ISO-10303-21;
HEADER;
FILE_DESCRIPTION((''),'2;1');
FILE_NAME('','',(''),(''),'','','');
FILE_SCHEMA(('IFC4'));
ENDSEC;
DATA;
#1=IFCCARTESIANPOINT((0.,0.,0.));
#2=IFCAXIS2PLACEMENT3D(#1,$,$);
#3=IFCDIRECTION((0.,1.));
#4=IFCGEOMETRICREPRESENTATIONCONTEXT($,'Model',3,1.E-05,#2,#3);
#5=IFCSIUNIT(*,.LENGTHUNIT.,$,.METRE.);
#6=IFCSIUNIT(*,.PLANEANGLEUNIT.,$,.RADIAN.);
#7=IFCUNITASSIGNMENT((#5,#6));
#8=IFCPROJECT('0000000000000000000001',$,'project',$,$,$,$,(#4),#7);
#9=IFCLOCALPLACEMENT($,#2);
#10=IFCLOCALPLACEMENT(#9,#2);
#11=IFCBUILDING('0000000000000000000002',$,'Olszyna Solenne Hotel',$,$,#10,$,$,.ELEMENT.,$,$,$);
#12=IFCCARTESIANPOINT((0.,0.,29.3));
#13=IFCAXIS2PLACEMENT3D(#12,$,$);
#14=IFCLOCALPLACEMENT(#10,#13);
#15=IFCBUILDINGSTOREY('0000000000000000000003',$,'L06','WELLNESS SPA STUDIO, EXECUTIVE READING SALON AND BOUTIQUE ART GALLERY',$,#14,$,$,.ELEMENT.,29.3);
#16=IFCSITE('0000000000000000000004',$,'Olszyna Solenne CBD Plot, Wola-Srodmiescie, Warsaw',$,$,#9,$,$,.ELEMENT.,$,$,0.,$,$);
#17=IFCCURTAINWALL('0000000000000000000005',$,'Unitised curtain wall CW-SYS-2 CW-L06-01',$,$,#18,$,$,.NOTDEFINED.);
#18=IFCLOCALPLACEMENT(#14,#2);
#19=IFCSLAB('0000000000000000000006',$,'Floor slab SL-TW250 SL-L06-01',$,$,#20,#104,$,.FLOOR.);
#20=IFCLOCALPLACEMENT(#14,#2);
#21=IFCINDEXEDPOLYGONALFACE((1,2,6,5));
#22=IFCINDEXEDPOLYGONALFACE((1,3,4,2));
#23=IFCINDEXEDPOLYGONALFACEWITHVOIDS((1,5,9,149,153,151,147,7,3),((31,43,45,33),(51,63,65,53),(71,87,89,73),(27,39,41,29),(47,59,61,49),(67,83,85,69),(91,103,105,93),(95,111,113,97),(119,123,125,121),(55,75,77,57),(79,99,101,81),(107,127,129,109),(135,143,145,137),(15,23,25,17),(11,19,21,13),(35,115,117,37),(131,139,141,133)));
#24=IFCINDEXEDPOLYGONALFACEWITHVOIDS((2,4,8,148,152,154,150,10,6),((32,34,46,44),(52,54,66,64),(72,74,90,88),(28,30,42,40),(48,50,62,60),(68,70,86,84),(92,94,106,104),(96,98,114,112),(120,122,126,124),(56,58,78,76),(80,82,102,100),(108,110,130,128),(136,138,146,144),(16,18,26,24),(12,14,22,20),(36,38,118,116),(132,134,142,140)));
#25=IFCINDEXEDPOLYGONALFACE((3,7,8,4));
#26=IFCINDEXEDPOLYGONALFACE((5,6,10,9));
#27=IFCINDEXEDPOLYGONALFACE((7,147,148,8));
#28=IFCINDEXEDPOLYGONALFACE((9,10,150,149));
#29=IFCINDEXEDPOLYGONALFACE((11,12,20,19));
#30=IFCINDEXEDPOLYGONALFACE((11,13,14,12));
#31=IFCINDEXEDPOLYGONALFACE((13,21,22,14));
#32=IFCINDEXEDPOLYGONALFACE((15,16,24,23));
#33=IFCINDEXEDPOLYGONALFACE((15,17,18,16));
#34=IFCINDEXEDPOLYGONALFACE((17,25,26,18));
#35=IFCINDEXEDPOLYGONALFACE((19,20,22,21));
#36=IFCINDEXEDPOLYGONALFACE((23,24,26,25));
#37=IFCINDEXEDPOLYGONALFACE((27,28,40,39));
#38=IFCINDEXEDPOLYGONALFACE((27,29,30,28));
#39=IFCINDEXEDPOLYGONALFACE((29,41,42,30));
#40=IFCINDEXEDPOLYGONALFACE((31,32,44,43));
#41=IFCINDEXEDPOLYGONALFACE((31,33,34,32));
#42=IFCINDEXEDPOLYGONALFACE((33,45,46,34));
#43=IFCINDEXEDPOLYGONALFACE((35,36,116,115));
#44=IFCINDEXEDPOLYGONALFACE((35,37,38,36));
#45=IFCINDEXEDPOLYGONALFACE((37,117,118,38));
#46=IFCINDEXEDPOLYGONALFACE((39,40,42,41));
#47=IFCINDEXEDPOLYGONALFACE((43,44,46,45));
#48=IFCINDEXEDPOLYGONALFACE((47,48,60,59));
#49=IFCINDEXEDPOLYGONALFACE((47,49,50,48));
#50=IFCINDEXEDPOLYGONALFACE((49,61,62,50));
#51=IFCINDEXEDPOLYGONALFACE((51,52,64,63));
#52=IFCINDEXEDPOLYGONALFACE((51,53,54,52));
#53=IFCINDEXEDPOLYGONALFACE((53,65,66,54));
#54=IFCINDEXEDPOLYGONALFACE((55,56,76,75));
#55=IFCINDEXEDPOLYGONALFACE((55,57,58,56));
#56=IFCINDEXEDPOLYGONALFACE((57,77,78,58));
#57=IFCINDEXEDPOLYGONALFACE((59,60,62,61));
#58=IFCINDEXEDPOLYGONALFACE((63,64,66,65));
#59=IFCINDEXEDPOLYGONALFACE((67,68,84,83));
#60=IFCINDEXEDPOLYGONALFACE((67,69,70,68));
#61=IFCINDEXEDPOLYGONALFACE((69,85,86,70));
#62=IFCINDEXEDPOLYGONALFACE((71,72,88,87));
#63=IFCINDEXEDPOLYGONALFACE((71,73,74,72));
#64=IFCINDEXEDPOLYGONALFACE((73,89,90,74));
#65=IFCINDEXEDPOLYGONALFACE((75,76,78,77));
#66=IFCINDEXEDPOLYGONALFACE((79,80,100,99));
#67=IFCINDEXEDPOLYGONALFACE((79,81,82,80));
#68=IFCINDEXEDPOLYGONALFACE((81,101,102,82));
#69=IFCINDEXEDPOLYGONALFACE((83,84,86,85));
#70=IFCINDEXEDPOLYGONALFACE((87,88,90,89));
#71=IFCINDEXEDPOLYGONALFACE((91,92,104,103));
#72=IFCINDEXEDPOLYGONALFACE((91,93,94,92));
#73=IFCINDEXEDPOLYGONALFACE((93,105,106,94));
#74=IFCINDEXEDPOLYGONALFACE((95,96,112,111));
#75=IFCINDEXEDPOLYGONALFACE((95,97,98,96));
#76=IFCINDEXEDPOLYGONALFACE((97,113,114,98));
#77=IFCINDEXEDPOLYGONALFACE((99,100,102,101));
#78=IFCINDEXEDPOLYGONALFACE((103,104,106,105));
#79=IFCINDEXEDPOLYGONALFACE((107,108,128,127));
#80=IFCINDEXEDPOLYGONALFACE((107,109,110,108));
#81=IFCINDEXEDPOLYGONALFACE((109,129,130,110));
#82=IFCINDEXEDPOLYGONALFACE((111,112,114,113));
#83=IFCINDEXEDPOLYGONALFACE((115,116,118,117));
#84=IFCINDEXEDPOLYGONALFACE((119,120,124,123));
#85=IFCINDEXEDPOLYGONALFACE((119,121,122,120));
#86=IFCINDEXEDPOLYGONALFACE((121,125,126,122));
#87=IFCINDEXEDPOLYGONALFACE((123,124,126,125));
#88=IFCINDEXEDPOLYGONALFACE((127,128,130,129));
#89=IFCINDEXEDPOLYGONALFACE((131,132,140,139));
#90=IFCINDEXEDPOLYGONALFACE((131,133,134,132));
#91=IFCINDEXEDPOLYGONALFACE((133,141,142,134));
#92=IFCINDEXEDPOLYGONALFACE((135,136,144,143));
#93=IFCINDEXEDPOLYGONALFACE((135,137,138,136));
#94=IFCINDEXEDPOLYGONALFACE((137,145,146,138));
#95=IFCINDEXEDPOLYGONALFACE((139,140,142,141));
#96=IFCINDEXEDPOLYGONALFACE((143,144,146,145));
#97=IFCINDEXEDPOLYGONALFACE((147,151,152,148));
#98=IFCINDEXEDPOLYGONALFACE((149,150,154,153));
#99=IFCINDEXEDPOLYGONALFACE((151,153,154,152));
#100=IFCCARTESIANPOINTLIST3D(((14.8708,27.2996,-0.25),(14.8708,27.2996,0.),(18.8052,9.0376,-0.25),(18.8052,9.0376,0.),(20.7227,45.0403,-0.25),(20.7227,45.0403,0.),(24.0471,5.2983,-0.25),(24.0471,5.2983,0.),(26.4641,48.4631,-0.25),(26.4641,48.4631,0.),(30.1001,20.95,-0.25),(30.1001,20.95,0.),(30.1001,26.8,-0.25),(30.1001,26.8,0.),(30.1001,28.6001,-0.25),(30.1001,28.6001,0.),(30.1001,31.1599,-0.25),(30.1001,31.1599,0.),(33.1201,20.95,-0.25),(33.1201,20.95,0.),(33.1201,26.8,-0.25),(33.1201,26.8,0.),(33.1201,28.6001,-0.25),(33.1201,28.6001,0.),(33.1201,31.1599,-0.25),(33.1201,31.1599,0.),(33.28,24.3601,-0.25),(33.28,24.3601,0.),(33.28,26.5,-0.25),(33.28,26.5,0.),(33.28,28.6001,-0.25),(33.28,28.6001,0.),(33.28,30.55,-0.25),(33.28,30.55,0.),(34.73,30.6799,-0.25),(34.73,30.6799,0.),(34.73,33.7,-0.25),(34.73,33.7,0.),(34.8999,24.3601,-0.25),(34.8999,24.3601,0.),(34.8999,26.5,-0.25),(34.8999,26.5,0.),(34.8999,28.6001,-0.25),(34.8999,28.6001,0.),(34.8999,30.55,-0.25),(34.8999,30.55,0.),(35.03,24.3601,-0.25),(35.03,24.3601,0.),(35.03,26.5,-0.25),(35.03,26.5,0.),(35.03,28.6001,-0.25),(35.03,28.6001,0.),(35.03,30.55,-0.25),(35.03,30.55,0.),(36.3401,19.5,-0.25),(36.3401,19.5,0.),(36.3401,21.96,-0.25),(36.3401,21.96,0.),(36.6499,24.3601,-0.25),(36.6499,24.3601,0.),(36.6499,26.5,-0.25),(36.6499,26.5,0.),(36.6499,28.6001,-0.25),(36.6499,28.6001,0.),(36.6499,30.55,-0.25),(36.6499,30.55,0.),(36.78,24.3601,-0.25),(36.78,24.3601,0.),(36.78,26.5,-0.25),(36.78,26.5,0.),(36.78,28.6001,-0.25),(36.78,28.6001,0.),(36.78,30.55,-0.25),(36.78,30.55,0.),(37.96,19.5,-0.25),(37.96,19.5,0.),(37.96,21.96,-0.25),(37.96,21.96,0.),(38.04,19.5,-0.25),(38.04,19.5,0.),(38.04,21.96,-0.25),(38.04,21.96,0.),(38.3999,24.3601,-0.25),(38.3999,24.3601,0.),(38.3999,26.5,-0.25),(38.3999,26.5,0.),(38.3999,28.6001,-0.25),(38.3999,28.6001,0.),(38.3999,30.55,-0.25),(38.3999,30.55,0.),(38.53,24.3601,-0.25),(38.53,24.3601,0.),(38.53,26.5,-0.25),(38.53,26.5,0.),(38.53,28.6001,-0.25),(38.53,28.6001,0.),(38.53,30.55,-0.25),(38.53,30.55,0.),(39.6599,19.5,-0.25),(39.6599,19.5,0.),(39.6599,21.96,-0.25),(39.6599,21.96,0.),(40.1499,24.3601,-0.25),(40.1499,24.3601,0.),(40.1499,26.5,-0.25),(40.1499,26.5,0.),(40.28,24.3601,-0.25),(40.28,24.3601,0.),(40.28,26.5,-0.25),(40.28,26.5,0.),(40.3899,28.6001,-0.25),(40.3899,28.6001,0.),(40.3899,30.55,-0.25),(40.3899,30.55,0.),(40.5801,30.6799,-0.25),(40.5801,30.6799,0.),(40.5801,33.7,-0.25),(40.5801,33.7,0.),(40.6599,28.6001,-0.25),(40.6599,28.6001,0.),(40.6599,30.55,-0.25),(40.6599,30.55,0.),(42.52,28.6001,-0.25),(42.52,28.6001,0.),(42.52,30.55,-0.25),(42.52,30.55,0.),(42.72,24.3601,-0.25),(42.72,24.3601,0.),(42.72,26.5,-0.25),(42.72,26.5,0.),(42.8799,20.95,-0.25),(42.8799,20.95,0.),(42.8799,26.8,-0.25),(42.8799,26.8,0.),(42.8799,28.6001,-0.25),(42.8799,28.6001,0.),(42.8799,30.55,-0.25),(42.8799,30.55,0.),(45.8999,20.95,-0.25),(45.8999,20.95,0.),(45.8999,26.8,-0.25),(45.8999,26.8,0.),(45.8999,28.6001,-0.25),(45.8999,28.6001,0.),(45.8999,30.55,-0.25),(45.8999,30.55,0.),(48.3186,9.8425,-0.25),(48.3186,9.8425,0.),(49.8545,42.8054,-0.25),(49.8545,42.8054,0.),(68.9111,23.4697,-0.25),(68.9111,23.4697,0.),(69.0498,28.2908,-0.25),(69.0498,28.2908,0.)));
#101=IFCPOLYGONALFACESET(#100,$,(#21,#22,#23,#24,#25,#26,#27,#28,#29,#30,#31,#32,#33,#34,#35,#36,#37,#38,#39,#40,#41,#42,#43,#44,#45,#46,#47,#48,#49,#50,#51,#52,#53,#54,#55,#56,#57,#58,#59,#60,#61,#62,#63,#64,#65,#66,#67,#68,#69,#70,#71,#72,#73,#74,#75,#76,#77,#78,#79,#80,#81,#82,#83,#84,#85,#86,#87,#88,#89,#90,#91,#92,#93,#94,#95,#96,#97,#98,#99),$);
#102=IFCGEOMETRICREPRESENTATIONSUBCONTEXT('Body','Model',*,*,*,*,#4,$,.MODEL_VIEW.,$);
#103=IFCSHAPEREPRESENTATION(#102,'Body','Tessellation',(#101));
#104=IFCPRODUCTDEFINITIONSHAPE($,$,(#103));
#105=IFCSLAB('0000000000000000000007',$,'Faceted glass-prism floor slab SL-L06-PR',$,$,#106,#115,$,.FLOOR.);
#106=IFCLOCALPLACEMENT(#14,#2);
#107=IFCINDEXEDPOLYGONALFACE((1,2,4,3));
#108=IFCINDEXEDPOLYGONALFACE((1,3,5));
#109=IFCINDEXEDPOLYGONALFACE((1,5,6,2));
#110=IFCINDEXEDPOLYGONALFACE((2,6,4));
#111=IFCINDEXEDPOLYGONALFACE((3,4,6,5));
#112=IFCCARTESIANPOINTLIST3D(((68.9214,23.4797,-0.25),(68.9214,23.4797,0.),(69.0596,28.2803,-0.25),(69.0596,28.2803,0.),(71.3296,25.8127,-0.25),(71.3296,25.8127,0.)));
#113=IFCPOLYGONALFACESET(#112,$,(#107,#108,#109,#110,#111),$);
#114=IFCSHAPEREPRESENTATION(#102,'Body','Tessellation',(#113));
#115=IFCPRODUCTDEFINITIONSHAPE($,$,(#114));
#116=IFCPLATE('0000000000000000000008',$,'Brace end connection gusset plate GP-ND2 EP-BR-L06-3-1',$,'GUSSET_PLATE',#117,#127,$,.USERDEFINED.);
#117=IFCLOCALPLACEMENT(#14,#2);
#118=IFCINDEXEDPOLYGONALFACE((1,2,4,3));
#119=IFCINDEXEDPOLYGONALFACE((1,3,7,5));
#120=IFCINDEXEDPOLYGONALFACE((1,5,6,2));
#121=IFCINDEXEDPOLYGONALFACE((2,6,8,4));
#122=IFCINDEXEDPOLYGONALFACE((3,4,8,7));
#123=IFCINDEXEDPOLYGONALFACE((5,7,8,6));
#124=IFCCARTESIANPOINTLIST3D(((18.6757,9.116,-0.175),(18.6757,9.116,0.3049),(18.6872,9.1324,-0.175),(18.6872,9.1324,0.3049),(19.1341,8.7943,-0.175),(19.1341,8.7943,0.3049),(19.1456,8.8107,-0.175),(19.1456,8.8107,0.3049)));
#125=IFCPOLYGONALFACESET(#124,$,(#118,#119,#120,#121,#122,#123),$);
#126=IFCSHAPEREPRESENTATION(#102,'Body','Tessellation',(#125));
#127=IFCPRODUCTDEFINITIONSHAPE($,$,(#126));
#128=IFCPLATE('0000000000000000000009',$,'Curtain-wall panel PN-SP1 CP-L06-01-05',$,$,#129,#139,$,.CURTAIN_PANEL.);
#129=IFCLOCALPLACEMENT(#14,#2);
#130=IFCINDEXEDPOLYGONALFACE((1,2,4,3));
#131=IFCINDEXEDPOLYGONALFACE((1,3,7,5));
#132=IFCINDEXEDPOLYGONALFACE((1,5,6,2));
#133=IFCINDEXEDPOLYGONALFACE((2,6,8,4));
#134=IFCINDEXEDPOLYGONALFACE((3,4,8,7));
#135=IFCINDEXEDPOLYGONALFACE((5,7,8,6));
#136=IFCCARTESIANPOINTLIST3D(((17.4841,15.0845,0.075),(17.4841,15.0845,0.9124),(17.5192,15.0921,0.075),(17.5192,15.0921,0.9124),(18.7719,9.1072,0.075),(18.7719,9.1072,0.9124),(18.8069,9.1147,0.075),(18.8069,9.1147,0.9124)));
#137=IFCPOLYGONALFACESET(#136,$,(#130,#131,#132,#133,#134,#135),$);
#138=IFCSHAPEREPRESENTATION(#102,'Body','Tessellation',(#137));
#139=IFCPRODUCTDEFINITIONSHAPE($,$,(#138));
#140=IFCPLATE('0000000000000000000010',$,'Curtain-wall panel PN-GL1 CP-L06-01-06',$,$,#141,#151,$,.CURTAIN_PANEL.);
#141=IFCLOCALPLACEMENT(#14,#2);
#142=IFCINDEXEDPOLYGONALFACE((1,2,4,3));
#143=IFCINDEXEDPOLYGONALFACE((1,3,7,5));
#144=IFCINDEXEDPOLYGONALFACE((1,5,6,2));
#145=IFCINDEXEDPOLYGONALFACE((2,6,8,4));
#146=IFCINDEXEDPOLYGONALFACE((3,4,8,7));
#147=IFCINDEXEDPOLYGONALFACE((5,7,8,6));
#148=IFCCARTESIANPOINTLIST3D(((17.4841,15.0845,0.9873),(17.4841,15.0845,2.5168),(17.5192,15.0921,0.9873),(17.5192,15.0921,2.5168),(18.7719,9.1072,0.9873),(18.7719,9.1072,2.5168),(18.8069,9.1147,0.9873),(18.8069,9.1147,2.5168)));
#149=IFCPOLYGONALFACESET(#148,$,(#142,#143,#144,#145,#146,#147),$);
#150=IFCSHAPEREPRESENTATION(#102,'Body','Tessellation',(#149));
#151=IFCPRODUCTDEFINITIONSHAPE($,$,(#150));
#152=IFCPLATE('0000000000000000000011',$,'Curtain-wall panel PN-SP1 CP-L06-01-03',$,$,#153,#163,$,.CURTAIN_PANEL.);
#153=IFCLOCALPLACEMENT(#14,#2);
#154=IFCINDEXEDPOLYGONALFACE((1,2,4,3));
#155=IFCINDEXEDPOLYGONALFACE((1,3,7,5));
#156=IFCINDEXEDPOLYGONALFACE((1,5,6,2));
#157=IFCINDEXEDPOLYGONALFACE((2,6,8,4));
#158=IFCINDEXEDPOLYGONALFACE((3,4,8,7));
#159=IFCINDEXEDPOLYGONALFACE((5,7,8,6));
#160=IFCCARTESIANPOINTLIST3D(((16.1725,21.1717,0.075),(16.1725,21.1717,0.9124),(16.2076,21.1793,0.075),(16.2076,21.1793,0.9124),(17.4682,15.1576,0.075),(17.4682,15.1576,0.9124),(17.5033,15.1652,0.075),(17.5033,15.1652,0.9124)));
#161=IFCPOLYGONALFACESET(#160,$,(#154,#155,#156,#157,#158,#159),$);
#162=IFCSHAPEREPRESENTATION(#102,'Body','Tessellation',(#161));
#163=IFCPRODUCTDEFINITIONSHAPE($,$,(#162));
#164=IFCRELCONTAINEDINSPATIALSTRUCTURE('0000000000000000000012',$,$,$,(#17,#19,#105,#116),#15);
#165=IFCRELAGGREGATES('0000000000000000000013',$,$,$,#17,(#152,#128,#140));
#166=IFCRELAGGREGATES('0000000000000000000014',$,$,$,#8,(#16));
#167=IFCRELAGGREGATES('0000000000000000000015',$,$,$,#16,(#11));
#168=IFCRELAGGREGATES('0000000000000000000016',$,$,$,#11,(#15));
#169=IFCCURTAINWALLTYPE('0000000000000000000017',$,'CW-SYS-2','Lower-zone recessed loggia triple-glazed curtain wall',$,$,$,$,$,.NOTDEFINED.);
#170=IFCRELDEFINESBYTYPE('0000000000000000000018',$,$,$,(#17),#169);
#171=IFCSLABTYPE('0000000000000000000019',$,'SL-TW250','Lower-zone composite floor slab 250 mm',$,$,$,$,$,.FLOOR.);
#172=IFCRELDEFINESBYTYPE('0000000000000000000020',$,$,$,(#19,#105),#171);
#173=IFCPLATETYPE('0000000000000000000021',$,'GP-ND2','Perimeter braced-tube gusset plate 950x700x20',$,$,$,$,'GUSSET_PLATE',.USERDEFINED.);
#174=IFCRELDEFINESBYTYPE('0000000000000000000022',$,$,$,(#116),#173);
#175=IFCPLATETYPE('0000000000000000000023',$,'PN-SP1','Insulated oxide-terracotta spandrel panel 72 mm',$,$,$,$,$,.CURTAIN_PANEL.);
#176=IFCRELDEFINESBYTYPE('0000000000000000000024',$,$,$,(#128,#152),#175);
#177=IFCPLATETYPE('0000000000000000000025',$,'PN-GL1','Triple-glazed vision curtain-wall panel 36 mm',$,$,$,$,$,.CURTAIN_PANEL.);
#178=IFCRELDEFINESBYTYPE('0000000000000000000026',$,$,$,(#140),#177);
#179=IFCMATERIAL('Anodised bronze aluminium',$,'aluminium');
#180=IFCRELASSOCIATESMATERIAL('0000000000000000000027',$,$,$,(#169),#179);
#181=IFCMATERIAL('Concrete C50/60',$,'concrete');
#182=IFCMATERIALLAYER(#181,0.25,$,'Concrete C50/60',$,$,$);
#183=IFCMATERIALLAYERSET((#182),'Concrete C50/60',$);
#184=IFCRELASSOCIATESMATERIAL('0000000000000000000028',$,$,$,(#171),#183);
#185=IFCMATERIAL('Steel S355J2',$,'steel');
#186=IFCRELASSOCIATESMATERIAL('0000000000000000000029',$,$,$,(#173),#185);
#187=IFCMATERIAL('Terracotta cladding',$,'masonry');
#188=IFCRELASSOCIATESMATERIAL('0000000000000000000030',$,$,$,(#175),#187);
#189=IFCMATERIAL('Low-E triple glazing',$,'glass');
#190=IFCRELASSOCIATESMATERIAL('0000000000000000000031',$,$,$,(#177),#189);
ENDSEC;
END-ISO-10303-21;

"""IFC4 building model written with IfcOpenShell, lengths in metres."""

from ifc_helpers import new_model, si_unit, direction, frame, origin, origin_2d, place, context, subcontext, project, spatial, polyline, rectangle, outline, extrude, source, transform, mapped, material, layer, layer_set, type_object, element, aggregate, save


model = new_model("IFC4")

# Units and contexts
model_context = context("Model", 3, precision=1e-05, world=origin(), true_north=direction((0.0, 1.0)))
body_context = subcontext(model_context, "Body", "Model", "MODEL_VIEW")
ifc_project = project(units=[si_unit("LENGTHUNIT", "METRE"), si_unit("PLANEANGLEUNIT", "RADIAN")], contexts=[model_context])

# Site, building, storey
site_placement = place(None, origin())
site = spatial("IfcSite", under=ifc_project, at=site_placement, Name="Olszyna Solenne CBD Plot, Wola-Srodmiescie, Warsaw", CompositionType="ELEMENT", RefElevation=0.0)
building_placement = place(site_placement, origin())
building = spatial("IfcBuilding", under=site, at=building_placement, Name="Olszyna Solenne Hotel", CompositionType="ELEMENT")
storey_placement = place(building_placement, frame((0.0, 0.0, 29.3)))
storey = spatial("IfcBuildingStorey", under=building, at=storey_placement, Name="L06", Description="WELLNESS SPA STUDIO, EXECUTIVE READING SALON AND BOUTIQUE ART GALLERY", CompositionType="ELEMENT", Elevation=29.3)

# Shared definitions
ifc_material_1 = material(Name="Steel S355J2", Category="steel")

# Curtain wall
ifc_material_2 = material(Name="Anodised bronze aluminium", Category="aluminium")
curtain_wall_type = type_object("IfcCurtainWallType", Name="CW-SYS-2", Description="Lower-zone recessed loggia triple-glazed curtain wall", PredefinedType="NOTDEFINED", material=ifc_material_2)
curtain_wall_placement = place(storey_placement, origin())
curtain_wall = element("IfcCurtainWall", 1, at=curtain_wall_placement, inside=storey, type_object=curtain_wall_type, Name="Unitised curtain wall CW-SYS-2 CW-L06-01", PredefinedType="NOTDEFINED")

# Slabs
ifc_material_3 = material(Name="Concrete C50/60", Category="concrete")
ifc_layer_1 = layer(ifc_material_3, 0.25, Name="Concrete C50/60")
ifc_layer_set_1 = layer_set([ifc_layer_1], Name="Concrete C50/60")
slab_type_1 = type_object("IfcSlabType", Name="SL-TW250", Description="Lower-zone composite floor slab 250 mm", PredefinedType="FLOOR", material=ifc_layer_set_1)
slab_1_placement = place(storey_placement, frame((0.0, 0.0, -0.25)))
element("IfcSlab", 2, at=slab_1_placement, inside=storey, type_object=slab_type_1, Name="Floor slab SL-TW250 SL-L06-01", PredefinedType="FLOOR", context=body_context, shape_type="SweptSolid", body=[
    extrude(outline(polyline([(68.9111, 23.4697), (69.0498, 28.2908), (49.8545, 42.8054), (26.4641, 48.4631), (20.7227, 45.0403), (14.8708, 27.2996), (18.8052, 9.0376), (24.0471, 5.2983), (48.3186, 9.8425), (68.9111, 23.4697)]), holes=[polyline([(30.1001, 20.95), (33.1201, 20.95), (33.1201, 26.8), (30.1001, 26.8), (30.1001, 20.95)]), polyline([(42.8799, 20.95), (45.8999, 20.95), (45.8999, 26.8), (42.8799, 26.8), (42.8799, 20.95)]), polyline([(34.73, 30.6799), (40.5801, 30.6799), (40.5801, 33.7), (34.73, 33.7), (34.73, 30.6799)]), polyline([(36.3401, 19.5), (37.96, 19.5), (37.96, 21.96), (36.3401, 21.96), (36.3401, 19.5)]), polyline([(38.04, 19.5), (39.6599, 19.5), (39.6599, 21.96), (38.04, 21.96), (38.04, 19.5)]), polyline([(30.1001, 28.6001), (33.1201, 28.6001), (33.1201, 31.1599), (30.1001, 31.1599), (30.1001, 28.6001)]), polyline([(33.28, 24.3601), (34.8999, 24.3601), (34.8999, 26.5), (33.28, 26.5), (33.28, 24.3601)]), polyline([(35.03, 24.3601), (36.6499, 24.3601), (36.6499, 26.5), (35.03, 26.5), (35.03, 24.3601)]), polyline([(36.78, 24.3601), (38.3999, 24.3601), (38.3999, 26.5), (36.78, 26.5), (36.78, 24.3601)]), polyline([(38.53, 24.3601), (40.1499, 24.3601), (40.1499, 26.5), (38.53, 26.5), (38.53, 24.3601)]), polyline([(40.28, 24.3601), (42.72, 24.3601), (42.72, 26.5), (40.28, 26.5), (40.28, 24.3601)]), polyline([(33.28, 28.6001), (34.8999, 28.6001), (34.8999, 30.55), (33.28, 30.55), (33.28, 28.6001)]), polyline([(35.03, 28.6001), (36.6499, 28.6001), (36.6499, 30.55), (35.03, 30.55), (35.03, 28.6001)]), polyline([(36.78, 28.6001), (38.3999, 28.6001), (38.3999, 30.55), (36.78, 30.55), (36.78, 28.6001)]), polyline([(38.53, 28.6001), (40.3899, 28.6001), (40.3899, 30.55), (38.53, 30.55), (38.53, 28.6001)]), polyline([(40.6599, 28.6001), (42.52, 28.6001), (42.52, 30.55), (40.6599, 30.55), (40.6599, 28.6001)]), polyline([(42.8799, 28.6001), (45.8999, 28.6001), (45.8999, 30.55), (42.8799, 30.55), (42.8799, 28.6001)])]), origin(), (0.0, 0.0, 1.0), 0.25),
])
slab_2_placement = place(storey_placement, frame((0.0, 0.0, -0.25)))
element("IfcSlab", 3, at=slab_2_placement, inside=storey, type_object=slab_type_1, Name="Faceted glass-prism floor slab SL-L06-PR", PredefinedType="FLOOR", context=body_context, shape_type="SweptSolid", body=[
    extrude(outline(polyline([(69.0596, 28.2803), (68.9214, 23.4797), (71.3296, 25.8127), (69.0596, 28.2803)])), origin(), (0.0, 0.0, 1.0), 0.25),
])

# Plates
plate_type_1 = type_object("IfcPlateType", Name="GP-ND2", Description="Perimeter braced-tube gusset plate 950x700x20", ElementType="GUSSET_PLATE", PredefinedType="USERDEFINED", material=ifc_material_1)
shared_shape_1 = source(origin(), body_context, "Body", "SweptSolid", [
    extrude(rectangle(XDim=0.5601, YDim=0.02, at=origin_2d()), origin(), (0.0, 0.0, 1.0), 0.48),
])
plate_1_placement = place(storey_placement, frame((18.9106, 8.9634, -0.175), z_axis=(0.0, 0.0, 1.0), x_axis=(0.818551, -0.574434, 0.0)))
element("IfcPlate", 4, at=plate_1_placement, inside=storey, type_object=plate_type_1, Name="Brace end connection gusset plate GP-ND2 EP-BR-L06-3-1", ObjectType="GUSSET_PLATE", PredefinedType="USERDEFINED", context=body_context, shape_type="MappedRepresentation", body=[
    mapped(shared_shape_1, transform((0.0, 0.0, 0.0), x_axis=(1.0, 0.0, 0.0), y_axis=(0.0, 1.0, 0.0), z_axis=(0.0, 0.0, 1.0), scale=1.0)),
])
ifc_material_4 = material(Name="Terracotta cladding", Category="masonry")
plate_type_2 = type_object("IfcPlateType", Name="PN-SP1", Description="Insulated oxide-terracotta spandrel panel 72 mm", PredefinedType="CURTAIN_PANEL", material=ifc_material_4)
shared_shape_2 = source(origin(), body_context, "Body", "SweptSolid", [
    extrude(rectangle(XDim=6.1145, YDim=0.0359, at=origin_2d()), origin(), (0.0, 0.0, 1.0), 0.8374),
])
plate_2_placement = place(storey_placement, frame((18.1455, 12.0996, 0.075), z_axis=(0.0, 0.0, 1.0), x_axis=(0.21061, -0.97757, 0.0)))
plate_2 = element("IfcPlate", 5, at=plate_2_placement, type_object=plate_type_2, Name="Curtain-wall panel PN-SP1 CP-L06-01-05", PredefinedType="CURTAIN_PANEL", context=body_context, shape_type="MappedRepresentation", body=[
    mapped(shared_shape_2, transform((0.0, 0.0, 0.0), x_axis=(1.0, 0.0, 0.0), y_axis=(0.0, 1.0, 0.0), z_axis=(0.0, 0.0, 1.0), scale=1.0)),
])
ifc_material_5 = material(Name="Low-E triple glazing", Category="glass")
plate_type_3 = type_object("IfcPlateType", Name="PN-GL1", Description="Triple-glazed vision curtain-wall panel 36 mm", PredefinedType="CURTAIN_PANEL", material=ifc_material_5)
shared_shape_3 = source(origin(), body_context, "Body", "SweptSolid", [
    extrude(rectangle(XDim=6.1145, YDim=0.0359, at=origin_2d()), origin(), (0.0, 0.0, 1.0), 1.5295),
])
plate_3_placement = place(storey_placement, frame((18.1455, 12.0996, 0.9873), z_axis=(0.0, 0.0, 1.0), x_axis=(0.21061, -0.97757, 0.0)))
plate_3 = element("IfcPlate", 6, at=plate_3_placement, type_object=plate_type_3, Name="Curtain-wall panel PN-GL1 CP-L06-01-06", PredefinedType="CURTAIN_PANEL", context=body_context, shape_type="MappedRepresentation", body=[
    mapped(shared_shape_3, transform((0.0, 0.0, 0.0), x_axis=(1.0, 0.0, 0.0), y_axis=(0.0, 1.0, 0.0), z_axis=(0.0, 0.0, 1.0), scale=1.0)),
])
shared_shape_4 = source(origin(), body_context, "Body", "SweptSolid", [
    extrude(rectangle(XDim=6.1521, YDim=0.0359, at=origin_2d()), origin(), (0.0, 0.0, 1.0), 0.8374),
])
plate_4_placement = place(storey_placement, frame((16.8379, 18.1685, 0.075), z_axis=(0.0, 0.0, 1.0), x_axis=(0.21061, -0.97757, 0.0)))
plate_4 = element("IfcPlate", 7, at=plate_4_placement, type_object=plate_type_2, Name="Curtain-wall panel PN-SP1 CP-L06-01-03", PredefinedType="CURTAIN_PANEL", context=body_context, shape_type="MappedRepresentation", body=[
    mapped(shared_shape_4, transform((0.0, 0.0, 0.0), x_axis=(1.0, 0.0, 0.0), y_axis=(0.0, 1.0, 0.0), z_axis=(0.0, 0.0, 1.0), scale=1.0)),
])
aggregate(curtain_wall, [plate_4, plate_2, plate_3])

save(model, "model.ifc")
